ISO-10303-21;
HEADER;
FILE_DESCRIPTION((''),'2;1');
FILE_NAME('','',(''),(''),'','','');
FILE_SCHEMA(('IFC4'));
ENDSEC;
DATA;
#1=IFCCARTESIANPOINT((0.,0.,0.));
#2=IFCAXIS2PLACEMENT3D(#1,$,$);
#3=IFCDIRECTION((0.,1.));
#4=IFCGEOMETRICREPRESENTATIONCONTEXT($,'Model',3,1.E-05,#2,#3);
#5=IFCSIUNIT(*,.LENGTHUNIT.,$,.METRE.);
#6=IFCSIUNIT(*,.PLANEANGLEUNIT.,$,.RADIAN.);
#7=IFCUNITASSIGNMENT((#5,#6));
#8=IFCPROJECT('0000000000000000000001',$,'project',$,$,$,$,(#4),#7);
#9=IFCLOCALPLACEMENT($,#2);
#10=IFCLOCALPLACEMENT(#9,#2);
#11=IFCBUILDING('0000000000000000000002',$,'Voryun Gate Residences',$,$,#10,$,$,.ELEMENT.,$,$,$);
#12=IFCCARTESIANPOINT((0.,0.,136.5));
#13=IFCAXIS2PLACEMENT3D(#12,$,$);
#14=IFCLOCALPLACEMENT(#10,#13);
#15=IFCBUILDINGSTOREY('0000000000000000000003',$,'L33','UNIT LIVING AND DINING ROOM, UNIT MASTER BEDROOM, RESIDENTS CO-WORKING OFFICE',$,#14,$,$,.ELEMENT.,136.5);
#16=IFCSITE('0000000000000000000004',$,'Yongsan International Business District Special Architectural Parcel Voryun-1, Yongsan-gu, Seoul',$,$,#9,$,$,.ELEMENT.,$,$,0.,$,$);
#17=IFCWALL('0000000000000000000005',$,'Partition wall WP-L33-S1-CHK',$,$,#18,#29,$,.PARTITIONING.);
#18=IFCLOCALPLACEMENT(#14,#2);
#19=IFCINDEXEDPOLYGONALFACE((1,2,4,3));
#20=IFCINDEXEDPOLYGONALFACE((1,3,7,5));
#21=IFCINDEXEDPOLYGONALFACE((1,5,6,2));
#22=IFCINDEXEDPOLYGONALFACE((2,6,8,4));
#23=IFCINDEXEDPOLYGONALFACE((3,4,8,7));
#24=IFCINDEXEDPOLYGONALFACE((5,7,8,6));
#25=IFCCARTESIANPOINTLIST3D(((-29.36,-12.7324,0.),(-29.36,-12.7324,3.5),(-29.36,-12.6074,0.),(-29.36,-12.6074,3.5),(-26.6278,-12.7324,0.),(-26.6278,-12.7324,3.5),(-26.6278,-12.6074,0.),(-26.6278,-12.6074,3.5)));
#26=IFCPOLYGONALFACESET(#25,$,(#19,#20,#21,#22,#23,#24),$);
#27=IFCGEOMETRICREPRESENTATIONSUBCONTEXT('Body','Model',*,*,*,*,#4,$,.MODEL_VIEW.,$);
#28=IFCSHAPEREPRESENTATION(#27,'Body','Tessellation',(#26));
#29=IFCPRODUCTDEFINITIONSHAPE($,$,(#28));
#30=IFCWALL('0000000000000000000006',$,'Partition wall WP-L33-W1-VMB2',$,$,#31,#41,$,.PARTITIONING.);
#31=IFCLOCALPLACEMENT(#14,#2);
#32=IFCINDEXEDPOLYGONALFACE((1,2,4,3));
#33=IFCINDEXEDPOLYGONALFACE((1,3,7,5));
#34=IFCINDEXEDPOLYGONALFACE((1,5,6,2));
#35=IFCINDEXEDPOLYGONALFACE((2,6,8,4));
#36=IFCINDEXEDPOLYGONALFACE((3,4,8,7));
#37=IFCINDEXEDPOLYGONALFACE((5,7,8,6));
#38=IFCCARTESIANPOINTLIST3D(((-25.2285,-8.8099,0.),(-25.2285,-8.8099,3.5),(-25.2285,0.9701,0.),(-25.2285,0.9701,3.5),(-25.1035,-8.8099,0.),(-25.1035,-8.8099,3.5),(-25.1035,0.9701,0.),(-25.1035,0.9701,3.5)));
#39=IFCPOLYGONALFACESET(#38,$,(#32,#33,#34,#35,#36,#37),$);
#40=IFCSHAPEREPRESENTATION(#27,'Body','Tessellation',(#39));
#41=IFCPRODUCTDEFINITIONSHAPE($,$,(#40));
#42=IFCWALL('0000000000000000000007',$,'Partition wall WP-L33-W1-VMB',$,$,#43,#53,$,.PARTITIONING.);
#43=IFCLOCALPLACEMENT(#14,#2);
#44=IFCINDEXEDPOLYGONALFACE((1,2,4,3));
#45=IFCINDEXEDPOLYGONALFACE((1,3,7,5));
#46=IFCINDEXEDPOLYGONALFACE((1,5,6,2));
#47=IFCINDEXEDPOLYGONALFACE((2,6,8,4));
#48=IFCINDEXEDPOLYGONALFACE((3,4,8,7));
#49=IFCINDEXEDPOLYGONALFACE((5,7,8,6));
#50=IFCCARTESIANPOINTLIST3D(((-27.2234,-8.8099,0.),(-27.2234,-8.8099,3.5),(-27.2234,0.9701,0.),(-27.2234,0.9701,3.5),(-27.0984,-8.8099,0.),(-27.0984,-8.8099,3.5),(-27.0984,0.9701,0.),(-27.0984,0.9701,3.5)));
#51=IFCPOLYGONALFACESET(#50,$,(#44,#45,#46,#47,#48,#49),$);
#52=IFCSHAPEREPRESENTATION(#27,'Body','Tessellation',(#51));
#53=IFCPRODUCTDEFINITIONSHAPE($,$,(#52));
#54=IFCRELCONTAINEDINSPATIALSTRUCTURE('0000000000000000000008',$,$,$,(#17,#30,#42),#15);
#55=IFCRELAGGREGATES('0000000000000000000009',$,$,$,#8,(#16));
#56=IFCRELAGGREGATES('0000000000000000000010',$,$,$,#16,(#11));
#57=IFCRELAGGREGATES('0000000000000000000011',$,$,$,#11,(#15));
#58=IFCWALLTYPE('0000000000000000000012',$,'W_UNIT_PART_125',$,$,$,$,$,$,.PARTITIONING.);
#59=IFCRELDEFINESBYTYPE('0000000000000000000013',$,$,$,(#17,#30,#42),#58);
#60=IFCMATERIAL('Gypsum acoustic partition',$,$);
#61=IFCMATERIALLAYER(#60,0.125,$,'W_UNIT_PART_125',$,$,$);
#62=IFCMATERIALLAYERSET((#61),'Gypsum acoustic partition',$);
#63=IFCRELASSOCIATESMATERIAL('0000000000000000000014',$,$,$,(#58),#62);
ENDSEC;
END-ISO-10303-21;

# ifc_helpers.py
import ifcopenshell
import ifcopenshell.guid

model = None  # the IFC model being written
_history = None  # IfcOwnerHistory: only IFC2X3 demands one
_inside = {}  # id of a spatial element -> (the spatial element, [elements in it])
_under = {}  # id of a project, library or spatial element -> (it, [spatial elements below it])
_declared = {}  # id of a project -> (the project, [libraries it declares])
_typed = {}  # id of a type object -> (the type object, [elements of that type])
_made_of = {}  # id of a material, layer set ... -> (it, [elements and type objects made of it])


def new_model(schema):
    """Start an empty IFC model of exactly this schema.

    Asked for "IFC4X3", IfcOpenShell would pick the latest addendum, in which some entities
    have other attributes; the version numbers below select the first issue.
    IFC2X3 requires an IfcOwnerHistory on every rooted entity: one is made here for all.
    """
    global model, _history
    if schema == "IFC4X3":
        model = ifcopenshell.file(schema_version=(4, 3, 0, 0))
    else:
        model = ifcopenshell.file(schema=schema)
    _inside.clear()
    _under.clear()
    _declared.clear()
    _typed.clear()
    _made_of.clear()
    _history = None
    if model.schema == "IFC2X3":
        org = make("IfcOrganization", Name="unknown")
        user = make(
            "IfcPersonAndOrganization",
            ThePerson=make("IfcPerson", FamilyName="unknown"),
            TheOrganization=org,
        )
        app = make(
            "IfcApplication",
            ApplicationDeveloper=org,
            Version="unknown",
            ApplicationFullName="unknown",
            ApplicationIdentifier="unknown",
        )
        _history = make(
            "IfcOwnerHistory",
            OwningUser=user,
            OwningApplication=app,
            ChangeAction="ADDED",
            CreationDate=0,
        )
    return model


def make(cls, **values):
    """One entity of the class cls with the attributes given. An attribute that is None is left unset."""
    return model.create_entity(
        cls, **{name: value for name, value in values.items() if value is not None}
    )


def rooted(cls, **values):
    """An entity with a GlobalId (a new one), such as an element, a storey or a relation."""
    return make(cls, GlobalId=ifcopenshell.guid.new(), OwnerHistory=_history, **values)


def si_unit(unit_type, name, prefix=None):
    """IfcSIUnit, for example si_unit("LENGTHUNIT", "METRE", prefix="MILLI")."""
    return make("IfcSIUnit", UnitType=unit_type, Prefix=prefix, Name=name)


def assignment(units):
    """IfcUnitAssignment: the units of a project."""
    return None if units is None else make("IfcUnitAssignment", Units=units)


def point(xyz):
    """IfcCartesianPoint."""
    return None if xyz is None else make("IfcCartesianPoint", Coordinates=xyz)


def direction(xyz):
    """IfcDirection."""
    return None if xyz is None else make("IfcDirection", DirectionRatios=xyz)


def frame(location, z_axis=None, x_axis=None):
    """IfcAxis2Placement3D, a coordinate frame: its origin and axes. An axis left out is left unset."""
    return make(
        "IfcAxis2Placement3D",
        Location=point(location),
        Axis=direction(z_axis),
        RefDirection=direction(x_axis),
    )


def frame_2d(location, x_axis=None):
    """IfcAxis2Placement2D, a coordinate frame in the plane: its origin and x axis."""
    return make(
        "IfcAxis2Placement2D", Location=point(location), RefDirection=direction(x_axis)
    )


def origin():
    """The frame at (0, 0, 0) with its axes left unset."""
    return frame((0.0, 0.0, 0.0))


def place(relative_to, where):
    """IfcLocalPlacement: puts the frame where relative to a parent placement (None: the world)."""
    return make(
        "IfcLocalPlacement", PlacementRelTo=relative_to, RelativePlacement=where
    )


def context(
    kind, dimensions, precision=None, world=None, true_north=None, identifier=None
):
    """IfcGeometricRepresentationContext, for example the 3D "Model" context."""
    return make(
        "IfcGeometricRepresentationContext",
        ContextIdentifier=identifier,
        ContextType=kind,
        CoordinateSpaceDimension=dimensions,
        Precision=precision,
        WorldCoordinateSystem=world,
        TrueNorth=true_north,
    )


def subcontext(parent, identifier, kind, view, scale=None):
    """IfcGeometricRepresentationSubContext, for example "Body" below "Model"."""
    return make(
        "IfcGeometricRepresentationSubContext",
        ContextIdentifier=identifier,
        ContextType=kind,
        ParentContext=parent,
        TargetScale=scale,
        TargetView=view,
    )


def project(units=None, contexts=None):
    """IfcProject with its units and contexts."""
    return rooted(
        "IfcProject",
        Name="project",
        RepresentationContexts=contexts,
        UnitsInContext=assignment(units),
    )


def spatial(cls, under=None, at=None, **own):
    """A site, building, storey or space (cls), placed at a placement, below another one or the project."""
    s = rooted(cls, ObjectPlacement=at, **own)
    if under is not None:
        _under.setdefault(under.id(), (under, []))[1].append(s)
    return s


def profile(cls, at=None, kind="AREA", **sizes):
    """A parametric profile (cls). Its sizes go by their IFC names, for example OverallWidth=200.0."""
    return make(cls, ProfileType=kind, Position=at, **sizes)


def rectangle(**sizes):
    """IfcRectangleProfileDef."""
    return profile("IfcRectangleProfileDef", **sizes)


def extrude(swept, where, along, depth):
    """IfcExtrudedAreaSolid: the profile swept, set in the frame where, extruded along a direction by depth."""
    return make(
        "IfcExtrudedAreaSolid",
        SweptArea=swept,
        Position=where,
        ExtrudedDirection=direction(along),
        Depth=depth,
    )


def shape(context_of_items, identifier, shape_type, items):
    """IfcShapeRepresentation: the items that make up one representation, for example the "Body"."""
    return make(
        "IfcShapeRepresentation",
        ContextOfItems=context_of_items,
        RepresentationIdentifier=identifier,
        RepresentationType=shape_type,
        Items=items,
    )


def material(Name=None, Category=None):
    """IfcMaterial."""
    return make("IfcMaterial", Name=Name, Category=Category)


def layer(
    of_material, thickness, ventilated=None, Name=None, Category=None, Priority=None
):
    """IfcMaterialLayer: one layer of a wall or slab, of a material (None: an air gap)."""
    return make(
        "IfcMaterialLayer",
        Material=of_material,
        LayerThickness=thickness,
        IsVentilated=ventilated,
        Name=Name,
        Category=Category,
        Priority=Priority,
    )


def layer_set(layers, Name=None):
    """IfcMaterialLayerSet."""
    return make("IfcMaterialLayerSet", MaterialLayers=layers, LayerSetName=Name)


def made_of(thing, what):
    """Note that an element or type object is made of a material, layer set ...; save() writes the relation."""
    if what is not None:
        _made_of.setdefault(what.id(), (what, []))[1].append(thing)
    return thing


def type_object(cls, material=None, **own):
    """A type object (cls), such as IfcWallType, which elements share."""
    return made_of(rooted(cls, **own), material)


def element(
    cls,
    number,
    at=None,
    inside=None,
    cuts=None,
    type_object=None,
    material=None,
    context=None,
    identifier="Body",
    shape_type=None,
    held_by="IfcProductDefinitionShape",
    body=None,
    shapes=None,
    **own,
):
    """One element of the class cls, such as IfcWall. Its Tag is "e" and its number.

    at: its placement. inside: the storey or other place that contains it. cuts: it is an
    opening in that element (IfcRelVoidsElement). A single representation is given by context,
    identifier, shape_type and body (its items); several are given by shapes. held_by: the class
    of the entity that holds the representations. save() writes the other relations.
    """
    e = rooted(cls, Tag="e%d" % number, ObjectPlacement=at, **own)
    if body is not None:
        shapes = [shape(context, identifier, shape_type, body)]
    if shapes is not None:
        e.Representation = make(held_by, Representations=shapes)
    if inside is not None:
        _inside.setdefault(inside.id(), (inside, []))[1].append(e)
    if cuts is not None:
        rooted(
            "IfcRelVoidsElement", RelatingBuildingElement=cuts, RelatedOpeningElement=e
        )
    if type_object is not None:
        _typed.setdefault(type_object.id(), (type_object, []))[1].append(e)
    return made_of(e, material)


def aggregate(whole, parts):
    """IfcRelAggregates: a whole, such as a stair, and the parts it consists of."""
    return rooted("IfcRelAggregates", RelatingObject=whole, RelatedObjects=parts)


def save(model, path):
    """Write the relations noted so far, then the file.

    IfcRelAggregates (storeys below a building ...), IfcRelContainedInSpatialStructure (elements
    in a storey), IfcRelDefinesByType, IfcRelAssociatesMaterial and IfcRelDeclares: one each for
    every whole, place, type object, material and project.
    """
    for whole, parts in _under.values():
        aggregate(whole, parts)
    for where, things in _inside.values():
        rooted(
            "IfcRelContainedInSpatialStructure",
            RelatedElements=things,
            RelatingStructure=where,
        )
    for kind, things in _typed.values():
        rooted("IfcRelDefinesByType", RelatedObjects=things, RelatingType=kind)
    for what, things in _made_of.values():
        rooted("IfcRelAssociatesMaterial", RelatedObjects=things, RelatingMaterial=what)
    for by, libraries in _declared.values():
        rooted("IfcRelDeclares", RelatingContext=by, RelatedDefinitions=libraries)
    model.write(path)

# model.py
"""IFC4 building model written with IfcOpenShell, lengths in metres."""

from ifc_helpers import new_model, si_unit, direction, frame, frame_2d, origin, place, context, subcontext, project, spatial, rectangle, extrude, material, layer, layer_set, type_object, element, save


model = new_model("IFC4")

# Units and contexts
model_context = context("Model", 3, precision=1e-05, world=origin(), true_north=direction((0.0, 1.0)))
body_context = subcontext(model_context, "Body", "Model", "MODEL_VIEW")
ifc_project = project(units=[si_unit("LENGTHUNIT", "METRE"), si_unit("PLANEANGLEUNIT", "RADIAN")], contexts=[model_context])

# Site, building, storey
site_placement = place(None, origin())
site = spatial("IfcSite", under=ifc_project, at=site_placement, Name="Yongsan International Business District Special Architectural Parcel Voryun-1, Yongsan-gu, Seoul", CompositionType="ELEMENT", RefElevation=0.0)
building_placement = place(site_placement, origin())
building = spatial("IfcBuilding", under=site, at=building_placement, Name="Voryun Gate Residences", CompositionType="ELEMENT")
storey_placement = place(building_placement, frame((0.0, 0.0, 136.5)))
storey = spatial("IfcBuildingStorey", under=building, at=storey_placement, Name="L33", Description="UNIT LIVING AND DINING ROOM, UNIT MASTER BEDROOM, RESIDENTS CO-WORKING OFFICE", CompositionType="ELEMENT", Elevation=136.5)

# Walls
ifc_material_1 = material(Name="Gypsum acoustic partition")
ifc_layer_1 = layer(ifc_material_1, 0.125, Name="W_UNIT_PART_125")
ifc_layer_set_1 = layer_set([ifc_layer_1], Name="Gypsum acoustic partition")
wall_type_1 = type_object("IfcWallType", Name="W_UNIT_PART_125", PredefinedType="PARTITIONING", material=ifc_layer_set_1)
wall_1_placement = place(storey_placement, frame((-29.3601, -12.6699, 0.0), z_axis=(0.0, 0.0, 1.0), x_axis=(1.0, 0.0, 0.0)))
element("IfcWall", 1, at=wall_1_placement, inside=storey, type_object=wall_type_1, Name="Partition wall WP-L33-S1-CHK", PredefinedType="PARTITIONING", context=body_context, shape_type="SweptSolid", body=[
    extrude(rectangle(XDim=2.7322, YDim=0.125, at=frame_2d((1.3662, 0.0))), origin(), (0.0, 0.0, 1.0), 3.5),
])
for number, where, z_axis, x_axis, name in (
    (2, (-25.166, -8.8101, 0.0), (0.0, 0.0, 1.0), (0.0, 1.0, 0.0), "Partition wall WP-L33-W1-VMB2"),
    (3, (-27.1609, -8.8101, 0.0), (0.0, 0.0, 1.0), (0.0, 1.0, 0.0), "Partition wall WP-L33-W1-VMB"),
):
    element("IfcWall", number, at=place(storey_placement, frame(where, z_axis=z_axis, x_axis=x_axis)), inside=storey, type_object=wall_type_1, Name=name, PredefinedType="PARTITIONING", context=body_context, shape_type="SweptSolid", body=[
        extrude(rectangle(XDim=9.78, YDim=0.125, at=frame_2d((4.8901, 0.0))), origin(), (0.0, 0.0, 1.0), 3.5),
    ])

save(model, "model.ifc")
